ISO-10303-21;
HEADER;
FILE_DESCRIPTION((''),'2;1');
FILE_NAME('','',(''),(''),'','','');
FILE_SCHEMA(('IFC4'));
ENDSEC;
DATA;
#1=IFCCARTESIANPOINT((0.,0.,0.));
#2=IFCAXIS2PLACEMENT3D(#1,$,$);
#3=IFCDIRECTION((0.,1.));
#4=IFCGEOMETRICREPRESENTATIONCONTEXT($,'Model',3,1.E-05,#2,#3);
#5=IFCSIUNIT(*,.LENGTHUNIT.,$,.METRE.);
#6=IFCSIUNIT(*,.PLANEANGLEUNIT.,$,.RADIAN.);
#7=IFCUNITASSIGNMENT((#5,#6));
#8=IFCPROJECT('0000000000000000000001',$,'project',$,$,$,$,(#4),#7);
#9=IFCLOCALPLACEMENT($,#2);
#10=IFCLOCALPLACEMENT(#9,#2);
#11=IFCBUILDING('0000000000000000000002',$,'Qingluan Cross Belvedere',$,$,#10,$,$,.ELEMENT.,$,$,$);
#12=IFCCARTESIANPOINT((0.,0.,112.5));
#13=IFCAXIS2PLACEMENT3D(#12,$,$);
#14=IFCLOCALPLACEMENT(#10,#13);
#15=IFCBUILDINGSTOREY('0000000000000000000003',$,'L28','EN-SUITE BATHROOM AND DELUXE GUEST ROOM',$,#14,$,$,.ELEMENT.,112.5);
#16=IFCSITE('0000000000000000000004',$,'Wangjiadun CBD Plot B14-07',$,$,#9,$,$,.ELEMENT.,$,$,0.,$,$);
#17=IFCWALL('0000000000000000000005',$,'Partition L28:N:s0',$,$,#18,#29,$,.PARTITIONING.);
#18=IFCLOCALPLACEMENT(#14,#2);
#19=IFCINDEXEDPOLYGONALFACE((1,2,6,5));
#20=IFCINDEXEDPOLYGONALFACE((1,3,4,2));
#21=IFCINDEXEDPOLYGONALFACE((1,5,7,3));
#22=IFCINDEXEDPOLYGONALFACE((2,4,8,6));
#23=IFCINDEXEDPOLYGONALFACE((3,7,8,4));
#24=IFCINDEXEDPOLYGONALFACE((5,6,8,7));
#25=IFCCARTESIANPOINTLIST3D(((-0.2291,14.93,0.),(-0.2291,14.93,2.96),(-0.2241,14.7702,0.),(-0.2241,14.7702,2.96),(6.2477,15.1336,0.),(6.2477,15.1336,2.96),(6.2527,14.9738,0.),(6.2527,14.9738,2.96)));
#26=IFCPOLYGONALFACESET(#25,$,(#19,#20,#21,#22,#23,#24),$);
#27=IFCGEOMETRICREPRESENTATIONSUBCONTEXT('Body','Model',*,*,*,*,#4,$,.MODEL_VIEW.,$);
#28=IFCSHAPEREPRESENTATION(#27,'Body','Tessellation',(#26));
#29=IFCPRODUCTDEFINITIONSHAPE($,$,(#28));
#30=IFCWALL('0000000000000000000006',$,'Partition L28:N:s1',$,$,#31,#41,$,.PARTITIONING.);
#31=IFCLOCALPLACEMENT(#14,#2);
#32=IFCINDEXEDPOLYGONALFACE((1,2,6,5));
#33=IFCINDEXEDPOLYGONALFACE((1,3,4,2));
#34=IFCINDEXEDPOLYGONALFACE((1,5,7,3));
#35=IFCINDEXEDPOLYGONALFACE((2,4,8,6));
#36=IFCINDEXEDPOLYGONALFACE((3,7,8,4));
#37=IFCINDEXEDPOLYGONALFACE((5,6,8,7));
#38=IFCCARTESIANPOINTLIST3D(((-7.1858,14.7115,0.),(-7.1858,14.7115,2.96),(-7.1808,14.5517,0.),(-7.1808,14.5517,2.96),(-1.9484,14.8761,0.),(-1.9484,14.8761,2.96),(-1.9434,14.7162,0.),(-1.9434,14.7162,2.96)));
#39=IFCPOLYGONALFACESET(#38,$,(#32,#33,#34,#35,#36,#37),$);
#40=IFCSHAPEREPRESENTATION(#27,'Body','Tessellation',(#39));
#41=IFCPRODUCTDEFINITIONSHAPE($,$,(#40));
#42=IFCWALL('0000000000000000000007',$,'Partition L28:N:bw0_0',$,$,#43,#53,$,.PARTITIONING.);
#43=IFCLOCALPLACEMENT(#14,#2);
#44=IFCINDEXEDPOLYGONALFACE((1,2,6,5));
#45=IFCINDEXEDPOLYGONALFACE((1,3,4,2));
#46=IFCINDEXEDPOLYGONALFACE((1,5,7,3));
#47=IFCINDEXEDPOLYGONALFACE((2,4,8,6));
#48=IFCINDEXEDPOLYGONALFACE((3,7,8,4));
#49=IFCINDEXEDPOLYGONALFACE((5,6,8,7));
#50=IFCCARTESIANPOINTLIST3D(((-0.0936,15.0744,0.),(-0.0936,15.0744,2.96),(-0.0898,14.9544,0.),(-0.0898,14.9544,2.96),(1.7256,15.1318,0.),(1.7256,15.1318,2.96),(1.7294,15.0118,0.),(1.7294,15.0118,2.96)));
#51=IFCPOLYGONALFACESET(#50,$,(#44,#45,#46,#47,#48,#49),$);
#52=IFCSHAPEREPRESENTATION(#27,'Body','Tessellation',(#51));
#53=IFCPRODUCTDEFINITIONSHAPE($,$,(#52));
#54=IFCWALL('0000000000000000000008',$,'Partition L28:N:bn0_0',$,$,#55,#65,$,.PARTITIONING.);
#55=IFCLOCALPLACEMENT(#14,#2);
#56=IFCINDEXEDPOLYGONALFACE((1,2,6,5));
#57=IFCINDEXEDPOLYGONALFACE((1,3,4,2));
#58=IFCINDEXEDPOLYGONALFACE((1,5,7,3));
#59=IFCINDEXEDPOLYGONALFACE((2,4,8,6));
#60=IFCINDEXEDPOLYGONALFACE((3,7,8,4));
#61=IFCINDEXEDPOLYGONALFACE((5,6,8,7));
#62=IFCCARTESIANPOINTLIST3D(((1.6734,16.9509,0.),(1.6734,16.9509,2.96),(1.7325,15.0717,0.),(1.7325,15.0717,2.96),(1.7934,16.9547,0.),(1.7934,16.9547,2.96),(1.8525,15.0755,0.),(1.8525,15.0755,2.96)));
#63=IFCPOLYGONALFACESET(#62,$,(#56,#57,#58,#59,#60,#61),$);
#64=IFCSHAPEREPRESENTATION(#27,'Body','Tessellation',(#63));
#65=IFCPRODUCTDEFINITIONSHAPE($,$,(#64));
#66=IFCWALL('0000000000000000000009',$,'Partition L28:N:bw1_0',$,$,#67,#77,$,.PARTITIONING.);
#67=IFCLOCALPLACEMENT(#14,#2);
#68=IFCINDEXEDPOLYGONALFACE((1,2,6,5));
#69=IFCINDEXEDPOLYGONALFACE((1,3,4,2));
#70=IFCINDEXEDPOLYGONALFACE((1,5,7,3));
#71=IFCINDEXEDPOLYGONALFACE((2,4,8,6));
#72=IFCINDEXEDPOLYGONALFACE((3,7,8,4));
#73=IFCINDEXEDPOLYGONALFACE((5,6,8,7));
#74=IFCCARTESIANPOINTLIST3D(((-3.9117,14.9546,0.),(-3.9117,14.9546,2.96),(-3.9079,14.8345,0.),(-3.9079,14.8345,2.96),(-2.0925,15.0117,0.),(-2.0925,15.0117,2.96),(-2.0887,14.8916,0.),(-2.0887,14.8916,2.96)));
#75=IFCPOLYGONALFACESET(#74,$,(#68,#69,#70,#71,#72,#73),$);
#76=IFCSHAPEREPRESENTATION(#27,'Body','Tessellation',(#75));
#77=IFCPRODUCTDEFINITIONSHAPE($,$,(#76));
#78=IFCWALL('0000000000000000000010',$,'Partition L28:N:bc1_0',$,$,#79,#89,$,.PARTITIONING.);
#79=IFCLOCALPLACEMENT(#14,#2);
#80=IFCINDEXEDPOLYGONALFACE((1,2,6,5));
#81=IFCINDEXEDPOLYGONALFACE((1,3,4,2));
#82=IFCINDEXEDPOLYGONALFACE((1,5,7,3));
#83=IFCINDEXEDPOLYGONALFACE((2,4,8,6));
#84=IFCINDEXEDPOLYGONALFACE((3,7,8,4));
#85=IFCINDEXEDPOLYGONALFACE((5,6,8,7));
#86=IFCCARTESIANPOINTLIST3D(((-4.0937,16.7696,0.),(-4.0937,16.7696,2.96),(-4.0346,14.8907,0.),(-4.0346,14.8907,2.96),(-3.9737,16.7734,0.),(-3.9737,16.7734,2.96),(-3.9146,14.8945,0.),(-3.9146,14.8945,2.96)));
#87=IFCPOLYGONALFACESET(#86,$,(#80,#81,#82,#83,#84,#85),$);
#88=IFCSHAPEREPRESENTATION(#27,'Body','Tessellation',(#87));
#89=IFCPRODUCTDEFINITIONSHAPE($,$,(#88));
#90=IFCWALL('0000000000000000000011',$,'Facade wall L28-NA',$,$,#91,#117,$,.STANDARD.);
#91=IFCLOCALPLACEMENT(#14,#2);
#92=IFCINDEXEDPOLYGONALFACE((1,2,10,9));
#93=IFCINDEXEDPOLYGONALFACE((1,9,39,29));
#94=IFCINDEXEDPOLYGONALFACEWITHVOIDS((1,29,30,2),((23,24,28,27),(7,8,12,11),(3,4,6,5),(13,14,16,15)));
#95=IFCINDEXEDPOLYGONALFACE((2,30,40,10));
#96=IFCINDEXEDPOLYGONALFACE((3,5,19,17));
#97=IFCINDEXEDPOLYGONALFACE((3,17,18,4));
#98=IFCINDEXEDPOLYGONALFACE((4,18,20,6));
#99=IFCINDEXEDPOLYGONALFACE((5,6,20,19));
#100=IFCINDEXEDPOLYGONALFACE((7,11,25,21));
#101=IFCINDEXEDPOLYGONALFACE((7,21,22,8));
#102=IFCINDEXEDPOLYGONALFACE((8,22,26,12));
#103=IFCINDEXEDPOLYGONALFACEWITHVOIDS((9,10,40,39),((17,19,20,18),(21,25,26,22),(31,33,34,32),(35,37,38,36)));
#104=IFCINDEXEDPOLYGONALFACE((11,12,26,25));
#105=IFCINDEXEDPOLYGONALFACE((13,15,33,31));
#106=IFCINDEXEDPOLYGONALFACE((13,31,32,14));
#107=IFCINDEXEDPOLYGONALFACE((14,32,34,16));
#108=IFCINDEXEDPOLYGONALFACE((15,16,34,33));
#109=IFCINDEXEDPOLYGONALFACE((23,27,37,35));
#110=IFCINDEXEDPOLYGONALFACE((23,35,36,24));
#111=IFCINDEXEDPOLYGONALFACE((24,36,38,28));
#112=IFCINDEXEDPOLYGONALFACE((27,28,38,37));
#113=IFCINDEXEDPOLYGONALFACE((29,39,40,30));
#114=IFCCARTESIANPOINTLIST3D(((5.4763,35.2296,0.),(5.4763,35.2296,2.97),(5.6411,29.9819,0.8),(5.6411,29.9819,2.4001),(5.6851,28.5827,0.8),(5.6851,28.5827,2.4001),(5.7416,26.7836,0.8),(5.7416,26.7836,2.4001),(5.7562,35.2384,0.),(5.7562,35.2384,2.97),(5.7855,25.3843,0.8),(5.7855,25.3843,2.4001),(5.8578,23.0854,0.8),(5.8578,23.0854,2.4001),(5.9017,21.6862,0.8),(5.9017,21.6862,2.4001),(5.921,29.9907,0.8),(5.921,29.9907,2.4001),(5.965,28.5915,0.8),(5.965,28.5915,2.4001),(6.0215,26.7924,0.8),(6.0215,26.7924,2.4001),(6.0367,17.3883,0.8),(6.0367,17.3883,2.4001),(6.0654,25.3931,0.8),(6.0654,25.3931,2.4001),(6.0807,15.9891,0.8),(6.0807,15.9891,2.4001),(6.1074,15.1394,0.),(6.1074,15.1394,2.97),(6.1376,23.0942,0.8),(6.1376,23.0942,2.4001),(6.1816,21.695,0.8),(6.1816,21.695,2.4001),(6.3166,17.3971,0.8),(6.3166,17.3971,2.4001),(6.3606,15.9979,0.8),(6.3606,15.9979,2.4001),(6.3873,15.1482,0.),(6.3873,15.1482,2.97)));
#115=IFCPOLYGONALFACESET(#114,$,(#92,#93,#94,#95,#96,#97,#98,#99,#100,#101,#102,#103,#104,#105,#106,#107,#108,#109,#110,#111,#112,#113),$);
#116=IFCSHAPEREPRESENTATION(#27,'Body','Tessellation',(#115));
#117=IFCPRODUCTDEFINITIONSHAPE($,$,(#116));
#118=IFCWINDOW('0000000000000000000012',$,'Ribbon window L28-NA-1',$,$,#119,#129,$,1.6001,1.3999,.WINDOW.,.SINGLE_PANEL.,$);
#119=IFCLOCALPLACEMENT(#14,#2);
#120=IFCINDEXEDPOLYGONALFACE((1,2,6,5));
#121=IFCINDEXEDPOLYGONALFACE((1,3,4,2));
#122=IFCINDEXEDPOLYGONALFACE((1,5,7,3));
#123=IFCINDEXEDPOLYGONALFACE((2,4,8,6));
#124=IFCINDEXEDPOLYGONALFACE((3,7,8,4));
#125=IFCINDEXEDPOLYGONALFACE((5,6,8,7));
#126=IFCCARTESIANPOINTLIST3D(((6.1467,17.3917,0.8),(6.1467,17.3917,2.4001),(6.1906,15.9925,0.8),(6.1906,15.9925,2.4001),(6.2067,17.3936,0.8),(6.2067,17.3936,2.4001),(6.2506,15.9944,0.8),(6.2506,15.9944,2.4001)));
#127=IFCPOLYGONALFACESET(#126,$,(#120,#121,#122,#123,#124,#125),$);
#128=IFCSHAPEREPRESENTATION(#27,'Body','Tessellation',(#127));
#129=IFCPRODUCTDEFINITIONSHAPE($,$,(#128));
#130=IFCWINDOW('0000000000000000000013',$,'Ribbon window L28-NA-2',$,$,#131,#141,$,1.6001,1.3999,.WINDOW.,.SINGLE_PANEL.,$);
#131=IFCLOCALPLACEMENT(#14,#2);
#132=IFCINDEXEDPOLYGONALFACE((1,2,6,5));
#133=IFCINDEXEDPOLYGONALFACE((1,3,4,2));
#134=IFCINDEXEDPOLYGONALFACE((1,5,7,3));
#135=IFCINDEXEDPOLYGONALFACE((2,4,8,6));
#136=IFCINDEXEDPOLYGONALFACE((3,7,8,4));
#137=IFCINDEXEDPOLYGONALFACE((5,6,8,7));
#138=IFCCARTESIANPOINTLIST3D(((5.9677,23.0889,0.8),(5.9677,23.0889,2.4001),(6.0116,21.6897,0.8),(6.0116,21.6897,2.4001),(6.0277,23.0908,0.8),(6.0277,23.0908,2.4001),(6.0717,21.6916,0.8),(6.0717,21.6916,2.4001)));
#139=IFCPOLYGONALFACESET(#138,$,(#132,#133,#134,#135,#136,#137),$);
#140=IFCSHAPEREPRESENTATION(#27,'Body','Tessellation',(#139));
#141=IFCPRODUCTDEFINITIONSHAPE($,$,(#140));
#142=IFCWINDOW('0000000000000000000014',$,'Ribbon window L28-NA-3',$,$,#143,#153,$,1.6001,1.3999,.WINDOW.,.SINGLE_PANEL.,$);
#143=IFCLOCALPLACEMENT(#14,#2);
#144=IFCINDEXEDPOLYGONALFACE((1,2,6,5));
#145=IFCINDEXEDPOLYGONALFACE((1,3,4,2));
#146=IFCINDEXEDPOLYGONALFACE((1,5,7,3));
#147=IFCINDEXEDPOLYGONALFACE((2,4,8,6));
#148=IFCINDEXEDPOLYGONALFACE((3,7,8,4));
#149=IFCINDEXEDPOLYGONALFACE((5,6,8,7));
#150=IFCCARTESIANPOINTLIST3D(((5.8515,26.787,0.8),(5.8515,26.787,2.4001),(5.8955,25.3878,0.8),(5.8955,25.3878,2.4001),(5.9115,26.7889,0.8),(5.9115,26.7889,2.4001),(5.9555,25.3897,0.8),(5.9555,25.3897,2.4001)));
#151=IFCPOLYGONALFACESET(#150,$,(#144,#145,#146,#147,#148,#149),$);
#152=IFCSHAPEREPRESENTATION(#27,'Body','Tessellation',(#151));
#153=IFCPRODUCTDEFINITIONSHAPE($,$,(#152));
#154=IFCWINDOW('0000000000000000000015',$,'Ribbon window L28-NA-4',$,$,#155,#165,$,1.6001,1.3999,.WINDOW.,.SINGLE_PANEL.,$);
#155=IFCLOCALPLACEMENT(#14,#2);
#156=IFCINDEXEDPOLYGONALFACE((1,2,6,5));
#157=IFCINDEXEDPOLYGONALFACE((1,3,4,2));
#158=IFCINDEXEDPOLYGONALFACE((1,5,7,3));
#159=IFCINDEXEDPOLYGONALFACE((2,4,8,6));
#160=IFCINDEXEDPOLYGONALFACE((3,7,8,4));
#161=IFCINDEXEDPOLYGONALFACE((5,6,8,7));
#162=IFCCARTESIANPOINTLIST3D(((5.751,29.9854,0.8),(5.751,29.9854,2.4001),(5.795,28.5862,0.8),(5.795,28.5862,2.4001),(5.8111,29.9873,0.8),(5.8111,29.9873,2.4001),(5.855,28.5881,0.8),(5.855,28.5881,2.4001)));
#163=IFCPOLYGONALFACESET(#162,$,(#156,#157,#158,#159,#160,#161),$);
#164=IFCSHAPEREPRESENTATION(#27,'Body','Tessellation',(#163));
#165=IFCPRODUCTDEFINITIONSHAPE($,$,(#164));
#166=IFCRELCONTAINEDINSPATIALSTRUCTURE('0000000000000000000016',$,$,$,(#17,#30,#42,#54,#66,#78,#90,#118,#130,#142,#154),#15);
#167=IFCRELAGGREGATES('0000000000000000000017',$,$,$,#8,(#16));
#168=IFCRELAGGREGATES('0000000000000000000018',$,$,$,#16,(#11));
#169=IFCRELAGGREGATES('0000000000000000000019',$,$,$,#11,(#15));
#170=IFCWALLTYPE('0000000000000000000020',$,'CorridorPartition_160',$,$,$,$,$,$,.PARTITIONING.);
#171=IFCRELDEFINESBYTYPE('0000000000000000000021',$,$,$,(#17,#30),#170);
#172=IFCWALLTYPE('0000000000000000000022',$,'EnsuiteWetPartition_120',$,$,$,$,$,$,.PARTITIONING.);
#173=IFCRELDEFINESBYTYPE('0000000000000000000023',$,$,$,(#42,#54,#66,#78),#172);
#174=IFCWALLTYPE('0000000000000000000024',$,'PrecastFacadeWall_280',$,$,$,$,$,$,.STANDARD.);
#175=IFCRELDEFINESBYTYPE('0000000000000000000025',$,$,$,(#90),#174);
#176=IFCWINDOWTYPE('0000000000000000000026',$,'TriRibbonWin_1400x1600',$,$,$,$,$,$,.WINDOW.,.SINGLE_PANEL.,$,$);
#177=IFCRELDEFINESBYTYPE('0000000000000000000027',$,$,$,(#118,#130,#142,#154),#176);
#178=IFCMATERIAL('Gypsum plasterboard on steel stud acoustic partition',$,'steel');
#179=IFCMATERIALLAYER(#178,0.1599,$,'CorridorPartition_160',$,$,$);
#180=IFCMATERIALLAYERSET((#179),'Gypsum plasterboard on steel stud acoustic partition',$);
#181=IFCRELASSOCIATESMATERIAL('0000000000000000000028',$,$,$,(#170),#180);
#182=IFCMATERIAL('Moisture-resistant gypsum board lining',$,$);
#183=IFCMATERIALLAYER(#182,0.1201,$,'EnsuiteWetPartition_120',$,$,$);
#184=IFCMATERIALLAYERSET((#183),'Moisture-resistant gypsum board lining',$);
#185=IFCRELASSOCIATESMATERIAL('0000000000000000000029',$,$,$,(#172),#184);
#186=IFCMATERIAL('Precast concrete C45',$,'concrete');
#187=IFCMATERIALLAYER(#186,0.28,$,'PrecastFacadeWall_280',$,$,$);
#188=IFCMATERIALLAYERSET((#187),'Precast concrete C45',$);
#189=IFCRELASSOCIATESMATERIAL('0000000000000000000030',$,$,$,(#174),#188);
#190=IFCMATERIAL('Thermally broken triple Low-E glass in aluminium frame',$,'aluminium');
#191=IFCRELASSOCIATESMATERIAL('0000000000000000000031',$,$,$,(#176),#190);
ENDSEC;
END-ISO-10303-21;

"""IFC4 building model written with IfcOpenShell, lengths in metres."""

from ifc_helpers import new_model, si_unit, direction, frame, frame_2d, origin, place, context, subcontext, project, spatial, rectangle, extrude, material, layer, layer_set, type_object, element, fill, save


model = new_model("IFC4")

# Units and contexts
model_context = context("Model", 3, precision=1e-05, world=origin(), true_north=direction((0.0, 1.0)))
body_context = subcontext(model_context, "Body", "Model", "MODEL_VIEW")
ifc_project = project(units=[si_unit("LENGTHUNIT", "METRE"), si_unit("PLANEANGLEUNIT", "RADIAN")], contexts=[model_context])

# Site, building, storey
site_placement = place(None, origin())
site = spatial("IfcSite", under=ifc_project, at=site_placement, Name="Wangjiadun CBD Plot B14-07", CompositionType="ELEMENT", RefElevation=0.0)
building_placement = place(site_placement, origin())
building = spatial("IfcBuilding", under=site, at=building_placement, Name="Qingluan Cross Belvedere", CompositionType="ELEMENT")
storey_placement = place(building_placement, frame((0.0, 0.0, 112.5)))
storey = spatial("IfcBuildingStorey", under=building, at=storey_placement, Name="L28", Description="EN-SUITE BATHROOM AND DELUXE GUEST ROOM", CompositionType="ELEMENT", Elevation=112.5)

# Shared definitions
ifc_material_1 = material(Name="Gypsum plasterboard on steel stud acoustic partition", Category="steel")
ifc_layer_1 = layer(ifc_material_1, 0.1599, Name="CorridorPartition_160")
ifc_layer_set_1 = layer_set([ifc_layer_1], Name="Gypsum plasterboard on steel stud acoustic partition")
wall_type_1 = type_object("IfcWallType", Name="CorridorPartition_160", PredefinedType="PARTITIONING", material=ifc_layer_set_1)

# Wall
wall_1_placement = place(storey_placement, frame((-0.2266, 14.8501, 0.0), z_axis=(0.0, 0.0, 1.0), x_axis=(0.999506, 0.031422, 0.0)))
element("IfcWall", 1, at=wall_1_placement, inside=storey, type_object=wall_type_1, Name="Partition L28:N:s0", PredefinedType="PARTITIONING", context=body_context, shape_type="SweptSolid", body=[
    extrude(rectangle(XDim=6.48, YDim=0.1599, at=frame_2d((3.24, 0.0))), origin(), (0.0, 0.0, 1.0), 2.96),
])

# Walls
wall_2_placement = place(storey_placement, frame((-1.9458, 14.7961, 0.0), z_axis=(0.0, 0.0, 1.0), x_axis=(-0.999507, -0.031403, 0.0)))
element("IfcWall", 2, at=wall_2_placement, inside=storey, type_object=wall_type_1, Name="Partition L28:N:s1", PredefinedType="PARTITIONING", context=body_context, shape_type="SweptSolid", body=[
    extrude(rectangle(XDim=5.24, YDim=0.1599, at=frame_2d((2.6201, 0.0))), origin(), (0.0, 0.0, 1.0), 2.96),
])
ifc_material_2 = material(Name="Moisture-resistant gypsum board lining")
ifc_layer_2 = layer(ifc_material_2, 0.1201, Name="EnsuiteWetPartition_120")
ifc_layer_set_2 = layer_set([ifc_layer_2], Name="Moisture-resistant gypsum board lining")
wall_type_2 = type_object("IfcWallType", Name="EnsuiteWetPartition_120", PredefinedType="PARTITIONING", material=ifc_layer_set_2)
wall_3_placement = place(storey_placement, frame((-0.0918, 15.0144, 0.0), z_axis=(0.0, 0.0, 1.0), x_axis=(0.999503, 0.031524, 0.0)))
element("IfcWall", 3, at=wall_3_placement, inside=storey, type_object=wall_type_2, Name="Partition L28:N:bw0_0", PredefinedType="PARTITIONING", context=body_context, shape_type="SweptSolid", body=[
    extrude(rectangle(XDim=1.8201, YDim=0.1201, at=frame_2d((0.9102, 0.0))), origin(), (0.0, 0.0, 1.0), 2.96),
])
wall_4_placement = place(storey_placement, frame((1.7925, 15.0737, 0.0), z_axis=(0.0, 0.0, 1.0), x_axis=(-0.031425, 0.999506, 0.0)))
element("IfcWall", 4, at=wall_4_placement, inside=storey, type_object=wall_type_2, Name="Partition L28:N:bn0_0", PredefinedType="PARTITIONING", context=body_context, shape_type="SweptSolid", body=[
    extrude(rectangle(XDim=1.8801, YDim=0.1201, at=frame_2d((0.9399, 0.0))), origin(), (0.0, 0.0, 1.0), 2.96),
])
wall_5_placement = place(storey_placement, frame((-3.9099, 14.8945, 0.0), z_axis=(0.0, 0.0, 1.0), x_axis=(0.999507, 0.03139, 0.0)))
element("IfcWall", 5, at=wall_5_placement, inside=storey, type_object=wall_type_2, Name="Partition L28:N:bw1_0", PredefinedType="PARTITIONING", context=body_context, shape_type="SweptSolid", body=[
    extrude(rectangle(XDim=1.8201, YDim=0.1201, at=frame_2d((0.9102, 0.0))), origin(), (0.0, 0.0, 1.0), 2.96),
])
wall_6_placement = place(storey_placement, frame((-3.9746, 14.8926, 0.0), z_axis=(0.0, 0.0, 1.0), x_axis=(-0.031429, 0.999506, 0.0)))
element("IfcWall", 6, at=wall_6_placement, inside=storey, type_object=wall_type_2, Name="Partition L28:N:bc1_0", PredefinedType="PARTITIONING", context=body_context, shape_type="SweptSolid", body=[
    extrude(rectangle(XDim=1.8799, YDim=0.1201, at=frame_2d((0.9399, 0.0))), origin(), (0.0, 0.0, 1.0), 2.96),
])

# Wall, openings, windows
ifc_material_3 = material(Name="Precast concrete C45", Category="concrete")
ifc_layer_3 = layer(ifc_material_3, 0.28, Name="PrecastFacadeWall_280")
ifc_layer_set_3 = layer_set([ifc_layer_3], Name="Precast concrete C45")
wall_type_3 = type_object("IfcWallType", Name="PrecastFacadeWall_280", PredefinedType="STANDARD", material=ifc_layer_set_3)
wall_7_placement = place(storey_placement, frame((6.2473, 15.1438, 0.0), z_axis=(0.0, 0.0, 1.0), x_axis=(-0.031398, 0.999507, 0.0)))
wall_7 = element("IfcWall", 7, at=wall_7_placement, inside=storey, type_object=wall_type_3, Name="Facade wall L28-NA", PredefinedType="STANDARD", context=body_context, shape_type="SweptSolid", body=[
    extrude(rectangle(XDim=20.1001, YDim=0.28, at=frame_2d((10.05, 0.0))), origin(), (0.0, 0.0, 1.0), 2.97),
])
opening_1_placement = place(wall_7_placement, frame((0.8501, 0.0, 0.8)))
opening_1 = element("IfcOpeningElement", 8, at=opening_1_placement, cuts=wall_7, PredefinedType="OPENING", context=body_context, shape_type="SweptSolid", body=[
    extrude(rectangle(XDim=1.3999, YDim=1.6001, at=frame_2d((0.7, 0.8))), frame((0.0, 0.1499, 0.0), z_axis=(0.0, -1.0, 0.0), x_axis=(1.0, 0.0, 0.0)), (0.0, 0.0, 1.0), 0.3),
])
opening_2_placement = place(wall_7_placement, frame((6.55, 0.0, 0.8)))
opening_2 = element("IfcOpeningElement", 9, at=opening_2_placement, cuts=wall_7, PredefinedType="OPENING", context=body_context, shape_type="SweptSolid", body=[
    extrude(rectangle(XDim=1.3999, YDim=1.6001, at=frame_2d((0.7, 0.8))), frame((0.0, 0.1499, 0.0), z_axis=(0.0, -1.0, 0.0), x_axis=(1.0, 0.0, 0.0)), (0.0, 0.0, 1.0), 0.3),
])
opening_3_placement = place(wall_7_placement, frame((10.25, 0.0, 0.8)))
opening_3 = element("IfcOpeningElement", 10, at=opening_3_placement, cuts=wall_7, PredefinedType="OPENING", context=body_context, shape_type="SweptSolid", body=[
    extrude(rectangle(XDim=1.3999, YDim=1.6001, at=frame_2d((0.7, 0.8))), frame((0.0, 0.1499, 0.0), z_axis=(0.0, -1.0, 0.0), x_axis=(1.0, 0.0, 0.0)), (0.0, 0.0, 1.0), 0.3),
])
opening_4_placement = place(wall_7_placement, frame((13.45, 0.0, 0.8)))
opening_4 = element("IfcOpeningElement", 11, at=opening_4_placement, cuts=wall_7, PredefinedType="OPENING", context=body_context, shape_type="SweptSolid", body=[
    extrude(rectangle(XDim=1.3999, YDim=1.6001, at=frame_2d((0.7, 0.8))), frame((0.0, 0.1499, 0.0), z_axis=(0.0, -1.0, 0.0), x_axis=(1.0, 0.0, 0.0)), (0.0, 0.0, 1.0), 0.3),
])
ifc_material_4 = material(Name="Thermally broken triple Low-E glass in aluminium frame", Category="aluminium")
window_type = type_object("IfcWindowType", Name="TriRibbonWin_1400x1600", PartitioningType="SINGLE_PANEL", PredefinedType="WINDOW", material=ifc_material_4)
window_1_placement = place(opening_1_placement, origin())
window_1 = element("IfcWindow", 12, at=window_1_placement, inside=storey, type_object=window_type, Name="Ribbon window L28-NA-1", OverallHeight=1.6001, OverallWidth=1.3999, PartitioningType="SINGLE_PANEL", PredefinedType="WINDOW", context=body_context, shape_type="SweptSolid", body=[
    extrude(rectangle(XDim=1.3999, YDim=1.6001, at=frame_2d((0.7, 0.8))), frame((0.0, 0.03, 0.0), z_axis=(0.0, -1.0, 0.0), x_axis=(1.0, 0.0, 0.0)), (0.0, 0.0, 1.0), 0.0601),
])
fill(opening_1, window_1)
window_2_placement = place(opening_2_placement, origin())
window_2 = element("IfcWindow", 13, at=window_2_placement, inside=storey, type_object=window_type, Name="Ribbon window L28-NA-2", OverallHeight=1.6001, OverallWidth=1.3999, PartitioningType="SINGLE_PANEL", PredefinedType="WINDOW", context=body_context, shape_type="SweptSolid", body=[
    extrude(rectangle(XDim=1.3999, YDim=1.6001, at=frame_2d((0.7, 0.8))), frame((0.0, 0.03, 0.0), z_axis=(0.0, -1.0, 0.0), x_axis=(1.0, 0.0, 0.0)), (0.0, 0.0, 1.0), 0.0601),
])
fill(opening_2, window_2)
window_3_placement = place(opening_3_placement, origin())
window_3 = element("IfcWindow", 14, at=window_3_placement, inside=storey, type_object=window_type, Name="Ribbon window L28-NA-3", OverallHeight=1.6001, OverallWidth=1.3999, PartitioningType="SINGLE_PANEL", PredefinedType="WINDOW", context=body_context, shape_type="SweptSolid", body=[
    extrude(rectangle(XDim=1.3999, YDim=1.6001, at=frame_2d((0.7, 0.8))), frame((0.0, 0.03, 0.0), z_axis=(0.0, -1.0, 0.0), x_axis=(1.0, 0.0, 0.0)), (0.0, 0.0, 1.0), 0.0601),
])
fill(opening_3, window_3)
window_4_placement = place(opening_4_placement, origin())
window_4 = element("IfcWindow", 15, at=window_4_placement, inside=storey, type_object=window_type, Name="Ribbon window L28-NA-4", OverallHeight=1.6001, OverallWidth=1.3999, PartitioningType="SINGLE_PANEL", PredefinedType="WINDOW", context=body_context, shape_type="SweptSolid", body=[
    extrude(rectangle(XDim=1.3999, YDim=1.6001, at=frame_2d((0.7, 0.8))), frame((0.0, 0.03, 0.0), z_axis=(0.0, -1.0, 0.0), x_axis=(1.0, 0.0, 0.0)), (0.0, 0.0, 1.0), 0.0601),
])
fill(opening_4, window_4)

save(model, "model.ifc")
